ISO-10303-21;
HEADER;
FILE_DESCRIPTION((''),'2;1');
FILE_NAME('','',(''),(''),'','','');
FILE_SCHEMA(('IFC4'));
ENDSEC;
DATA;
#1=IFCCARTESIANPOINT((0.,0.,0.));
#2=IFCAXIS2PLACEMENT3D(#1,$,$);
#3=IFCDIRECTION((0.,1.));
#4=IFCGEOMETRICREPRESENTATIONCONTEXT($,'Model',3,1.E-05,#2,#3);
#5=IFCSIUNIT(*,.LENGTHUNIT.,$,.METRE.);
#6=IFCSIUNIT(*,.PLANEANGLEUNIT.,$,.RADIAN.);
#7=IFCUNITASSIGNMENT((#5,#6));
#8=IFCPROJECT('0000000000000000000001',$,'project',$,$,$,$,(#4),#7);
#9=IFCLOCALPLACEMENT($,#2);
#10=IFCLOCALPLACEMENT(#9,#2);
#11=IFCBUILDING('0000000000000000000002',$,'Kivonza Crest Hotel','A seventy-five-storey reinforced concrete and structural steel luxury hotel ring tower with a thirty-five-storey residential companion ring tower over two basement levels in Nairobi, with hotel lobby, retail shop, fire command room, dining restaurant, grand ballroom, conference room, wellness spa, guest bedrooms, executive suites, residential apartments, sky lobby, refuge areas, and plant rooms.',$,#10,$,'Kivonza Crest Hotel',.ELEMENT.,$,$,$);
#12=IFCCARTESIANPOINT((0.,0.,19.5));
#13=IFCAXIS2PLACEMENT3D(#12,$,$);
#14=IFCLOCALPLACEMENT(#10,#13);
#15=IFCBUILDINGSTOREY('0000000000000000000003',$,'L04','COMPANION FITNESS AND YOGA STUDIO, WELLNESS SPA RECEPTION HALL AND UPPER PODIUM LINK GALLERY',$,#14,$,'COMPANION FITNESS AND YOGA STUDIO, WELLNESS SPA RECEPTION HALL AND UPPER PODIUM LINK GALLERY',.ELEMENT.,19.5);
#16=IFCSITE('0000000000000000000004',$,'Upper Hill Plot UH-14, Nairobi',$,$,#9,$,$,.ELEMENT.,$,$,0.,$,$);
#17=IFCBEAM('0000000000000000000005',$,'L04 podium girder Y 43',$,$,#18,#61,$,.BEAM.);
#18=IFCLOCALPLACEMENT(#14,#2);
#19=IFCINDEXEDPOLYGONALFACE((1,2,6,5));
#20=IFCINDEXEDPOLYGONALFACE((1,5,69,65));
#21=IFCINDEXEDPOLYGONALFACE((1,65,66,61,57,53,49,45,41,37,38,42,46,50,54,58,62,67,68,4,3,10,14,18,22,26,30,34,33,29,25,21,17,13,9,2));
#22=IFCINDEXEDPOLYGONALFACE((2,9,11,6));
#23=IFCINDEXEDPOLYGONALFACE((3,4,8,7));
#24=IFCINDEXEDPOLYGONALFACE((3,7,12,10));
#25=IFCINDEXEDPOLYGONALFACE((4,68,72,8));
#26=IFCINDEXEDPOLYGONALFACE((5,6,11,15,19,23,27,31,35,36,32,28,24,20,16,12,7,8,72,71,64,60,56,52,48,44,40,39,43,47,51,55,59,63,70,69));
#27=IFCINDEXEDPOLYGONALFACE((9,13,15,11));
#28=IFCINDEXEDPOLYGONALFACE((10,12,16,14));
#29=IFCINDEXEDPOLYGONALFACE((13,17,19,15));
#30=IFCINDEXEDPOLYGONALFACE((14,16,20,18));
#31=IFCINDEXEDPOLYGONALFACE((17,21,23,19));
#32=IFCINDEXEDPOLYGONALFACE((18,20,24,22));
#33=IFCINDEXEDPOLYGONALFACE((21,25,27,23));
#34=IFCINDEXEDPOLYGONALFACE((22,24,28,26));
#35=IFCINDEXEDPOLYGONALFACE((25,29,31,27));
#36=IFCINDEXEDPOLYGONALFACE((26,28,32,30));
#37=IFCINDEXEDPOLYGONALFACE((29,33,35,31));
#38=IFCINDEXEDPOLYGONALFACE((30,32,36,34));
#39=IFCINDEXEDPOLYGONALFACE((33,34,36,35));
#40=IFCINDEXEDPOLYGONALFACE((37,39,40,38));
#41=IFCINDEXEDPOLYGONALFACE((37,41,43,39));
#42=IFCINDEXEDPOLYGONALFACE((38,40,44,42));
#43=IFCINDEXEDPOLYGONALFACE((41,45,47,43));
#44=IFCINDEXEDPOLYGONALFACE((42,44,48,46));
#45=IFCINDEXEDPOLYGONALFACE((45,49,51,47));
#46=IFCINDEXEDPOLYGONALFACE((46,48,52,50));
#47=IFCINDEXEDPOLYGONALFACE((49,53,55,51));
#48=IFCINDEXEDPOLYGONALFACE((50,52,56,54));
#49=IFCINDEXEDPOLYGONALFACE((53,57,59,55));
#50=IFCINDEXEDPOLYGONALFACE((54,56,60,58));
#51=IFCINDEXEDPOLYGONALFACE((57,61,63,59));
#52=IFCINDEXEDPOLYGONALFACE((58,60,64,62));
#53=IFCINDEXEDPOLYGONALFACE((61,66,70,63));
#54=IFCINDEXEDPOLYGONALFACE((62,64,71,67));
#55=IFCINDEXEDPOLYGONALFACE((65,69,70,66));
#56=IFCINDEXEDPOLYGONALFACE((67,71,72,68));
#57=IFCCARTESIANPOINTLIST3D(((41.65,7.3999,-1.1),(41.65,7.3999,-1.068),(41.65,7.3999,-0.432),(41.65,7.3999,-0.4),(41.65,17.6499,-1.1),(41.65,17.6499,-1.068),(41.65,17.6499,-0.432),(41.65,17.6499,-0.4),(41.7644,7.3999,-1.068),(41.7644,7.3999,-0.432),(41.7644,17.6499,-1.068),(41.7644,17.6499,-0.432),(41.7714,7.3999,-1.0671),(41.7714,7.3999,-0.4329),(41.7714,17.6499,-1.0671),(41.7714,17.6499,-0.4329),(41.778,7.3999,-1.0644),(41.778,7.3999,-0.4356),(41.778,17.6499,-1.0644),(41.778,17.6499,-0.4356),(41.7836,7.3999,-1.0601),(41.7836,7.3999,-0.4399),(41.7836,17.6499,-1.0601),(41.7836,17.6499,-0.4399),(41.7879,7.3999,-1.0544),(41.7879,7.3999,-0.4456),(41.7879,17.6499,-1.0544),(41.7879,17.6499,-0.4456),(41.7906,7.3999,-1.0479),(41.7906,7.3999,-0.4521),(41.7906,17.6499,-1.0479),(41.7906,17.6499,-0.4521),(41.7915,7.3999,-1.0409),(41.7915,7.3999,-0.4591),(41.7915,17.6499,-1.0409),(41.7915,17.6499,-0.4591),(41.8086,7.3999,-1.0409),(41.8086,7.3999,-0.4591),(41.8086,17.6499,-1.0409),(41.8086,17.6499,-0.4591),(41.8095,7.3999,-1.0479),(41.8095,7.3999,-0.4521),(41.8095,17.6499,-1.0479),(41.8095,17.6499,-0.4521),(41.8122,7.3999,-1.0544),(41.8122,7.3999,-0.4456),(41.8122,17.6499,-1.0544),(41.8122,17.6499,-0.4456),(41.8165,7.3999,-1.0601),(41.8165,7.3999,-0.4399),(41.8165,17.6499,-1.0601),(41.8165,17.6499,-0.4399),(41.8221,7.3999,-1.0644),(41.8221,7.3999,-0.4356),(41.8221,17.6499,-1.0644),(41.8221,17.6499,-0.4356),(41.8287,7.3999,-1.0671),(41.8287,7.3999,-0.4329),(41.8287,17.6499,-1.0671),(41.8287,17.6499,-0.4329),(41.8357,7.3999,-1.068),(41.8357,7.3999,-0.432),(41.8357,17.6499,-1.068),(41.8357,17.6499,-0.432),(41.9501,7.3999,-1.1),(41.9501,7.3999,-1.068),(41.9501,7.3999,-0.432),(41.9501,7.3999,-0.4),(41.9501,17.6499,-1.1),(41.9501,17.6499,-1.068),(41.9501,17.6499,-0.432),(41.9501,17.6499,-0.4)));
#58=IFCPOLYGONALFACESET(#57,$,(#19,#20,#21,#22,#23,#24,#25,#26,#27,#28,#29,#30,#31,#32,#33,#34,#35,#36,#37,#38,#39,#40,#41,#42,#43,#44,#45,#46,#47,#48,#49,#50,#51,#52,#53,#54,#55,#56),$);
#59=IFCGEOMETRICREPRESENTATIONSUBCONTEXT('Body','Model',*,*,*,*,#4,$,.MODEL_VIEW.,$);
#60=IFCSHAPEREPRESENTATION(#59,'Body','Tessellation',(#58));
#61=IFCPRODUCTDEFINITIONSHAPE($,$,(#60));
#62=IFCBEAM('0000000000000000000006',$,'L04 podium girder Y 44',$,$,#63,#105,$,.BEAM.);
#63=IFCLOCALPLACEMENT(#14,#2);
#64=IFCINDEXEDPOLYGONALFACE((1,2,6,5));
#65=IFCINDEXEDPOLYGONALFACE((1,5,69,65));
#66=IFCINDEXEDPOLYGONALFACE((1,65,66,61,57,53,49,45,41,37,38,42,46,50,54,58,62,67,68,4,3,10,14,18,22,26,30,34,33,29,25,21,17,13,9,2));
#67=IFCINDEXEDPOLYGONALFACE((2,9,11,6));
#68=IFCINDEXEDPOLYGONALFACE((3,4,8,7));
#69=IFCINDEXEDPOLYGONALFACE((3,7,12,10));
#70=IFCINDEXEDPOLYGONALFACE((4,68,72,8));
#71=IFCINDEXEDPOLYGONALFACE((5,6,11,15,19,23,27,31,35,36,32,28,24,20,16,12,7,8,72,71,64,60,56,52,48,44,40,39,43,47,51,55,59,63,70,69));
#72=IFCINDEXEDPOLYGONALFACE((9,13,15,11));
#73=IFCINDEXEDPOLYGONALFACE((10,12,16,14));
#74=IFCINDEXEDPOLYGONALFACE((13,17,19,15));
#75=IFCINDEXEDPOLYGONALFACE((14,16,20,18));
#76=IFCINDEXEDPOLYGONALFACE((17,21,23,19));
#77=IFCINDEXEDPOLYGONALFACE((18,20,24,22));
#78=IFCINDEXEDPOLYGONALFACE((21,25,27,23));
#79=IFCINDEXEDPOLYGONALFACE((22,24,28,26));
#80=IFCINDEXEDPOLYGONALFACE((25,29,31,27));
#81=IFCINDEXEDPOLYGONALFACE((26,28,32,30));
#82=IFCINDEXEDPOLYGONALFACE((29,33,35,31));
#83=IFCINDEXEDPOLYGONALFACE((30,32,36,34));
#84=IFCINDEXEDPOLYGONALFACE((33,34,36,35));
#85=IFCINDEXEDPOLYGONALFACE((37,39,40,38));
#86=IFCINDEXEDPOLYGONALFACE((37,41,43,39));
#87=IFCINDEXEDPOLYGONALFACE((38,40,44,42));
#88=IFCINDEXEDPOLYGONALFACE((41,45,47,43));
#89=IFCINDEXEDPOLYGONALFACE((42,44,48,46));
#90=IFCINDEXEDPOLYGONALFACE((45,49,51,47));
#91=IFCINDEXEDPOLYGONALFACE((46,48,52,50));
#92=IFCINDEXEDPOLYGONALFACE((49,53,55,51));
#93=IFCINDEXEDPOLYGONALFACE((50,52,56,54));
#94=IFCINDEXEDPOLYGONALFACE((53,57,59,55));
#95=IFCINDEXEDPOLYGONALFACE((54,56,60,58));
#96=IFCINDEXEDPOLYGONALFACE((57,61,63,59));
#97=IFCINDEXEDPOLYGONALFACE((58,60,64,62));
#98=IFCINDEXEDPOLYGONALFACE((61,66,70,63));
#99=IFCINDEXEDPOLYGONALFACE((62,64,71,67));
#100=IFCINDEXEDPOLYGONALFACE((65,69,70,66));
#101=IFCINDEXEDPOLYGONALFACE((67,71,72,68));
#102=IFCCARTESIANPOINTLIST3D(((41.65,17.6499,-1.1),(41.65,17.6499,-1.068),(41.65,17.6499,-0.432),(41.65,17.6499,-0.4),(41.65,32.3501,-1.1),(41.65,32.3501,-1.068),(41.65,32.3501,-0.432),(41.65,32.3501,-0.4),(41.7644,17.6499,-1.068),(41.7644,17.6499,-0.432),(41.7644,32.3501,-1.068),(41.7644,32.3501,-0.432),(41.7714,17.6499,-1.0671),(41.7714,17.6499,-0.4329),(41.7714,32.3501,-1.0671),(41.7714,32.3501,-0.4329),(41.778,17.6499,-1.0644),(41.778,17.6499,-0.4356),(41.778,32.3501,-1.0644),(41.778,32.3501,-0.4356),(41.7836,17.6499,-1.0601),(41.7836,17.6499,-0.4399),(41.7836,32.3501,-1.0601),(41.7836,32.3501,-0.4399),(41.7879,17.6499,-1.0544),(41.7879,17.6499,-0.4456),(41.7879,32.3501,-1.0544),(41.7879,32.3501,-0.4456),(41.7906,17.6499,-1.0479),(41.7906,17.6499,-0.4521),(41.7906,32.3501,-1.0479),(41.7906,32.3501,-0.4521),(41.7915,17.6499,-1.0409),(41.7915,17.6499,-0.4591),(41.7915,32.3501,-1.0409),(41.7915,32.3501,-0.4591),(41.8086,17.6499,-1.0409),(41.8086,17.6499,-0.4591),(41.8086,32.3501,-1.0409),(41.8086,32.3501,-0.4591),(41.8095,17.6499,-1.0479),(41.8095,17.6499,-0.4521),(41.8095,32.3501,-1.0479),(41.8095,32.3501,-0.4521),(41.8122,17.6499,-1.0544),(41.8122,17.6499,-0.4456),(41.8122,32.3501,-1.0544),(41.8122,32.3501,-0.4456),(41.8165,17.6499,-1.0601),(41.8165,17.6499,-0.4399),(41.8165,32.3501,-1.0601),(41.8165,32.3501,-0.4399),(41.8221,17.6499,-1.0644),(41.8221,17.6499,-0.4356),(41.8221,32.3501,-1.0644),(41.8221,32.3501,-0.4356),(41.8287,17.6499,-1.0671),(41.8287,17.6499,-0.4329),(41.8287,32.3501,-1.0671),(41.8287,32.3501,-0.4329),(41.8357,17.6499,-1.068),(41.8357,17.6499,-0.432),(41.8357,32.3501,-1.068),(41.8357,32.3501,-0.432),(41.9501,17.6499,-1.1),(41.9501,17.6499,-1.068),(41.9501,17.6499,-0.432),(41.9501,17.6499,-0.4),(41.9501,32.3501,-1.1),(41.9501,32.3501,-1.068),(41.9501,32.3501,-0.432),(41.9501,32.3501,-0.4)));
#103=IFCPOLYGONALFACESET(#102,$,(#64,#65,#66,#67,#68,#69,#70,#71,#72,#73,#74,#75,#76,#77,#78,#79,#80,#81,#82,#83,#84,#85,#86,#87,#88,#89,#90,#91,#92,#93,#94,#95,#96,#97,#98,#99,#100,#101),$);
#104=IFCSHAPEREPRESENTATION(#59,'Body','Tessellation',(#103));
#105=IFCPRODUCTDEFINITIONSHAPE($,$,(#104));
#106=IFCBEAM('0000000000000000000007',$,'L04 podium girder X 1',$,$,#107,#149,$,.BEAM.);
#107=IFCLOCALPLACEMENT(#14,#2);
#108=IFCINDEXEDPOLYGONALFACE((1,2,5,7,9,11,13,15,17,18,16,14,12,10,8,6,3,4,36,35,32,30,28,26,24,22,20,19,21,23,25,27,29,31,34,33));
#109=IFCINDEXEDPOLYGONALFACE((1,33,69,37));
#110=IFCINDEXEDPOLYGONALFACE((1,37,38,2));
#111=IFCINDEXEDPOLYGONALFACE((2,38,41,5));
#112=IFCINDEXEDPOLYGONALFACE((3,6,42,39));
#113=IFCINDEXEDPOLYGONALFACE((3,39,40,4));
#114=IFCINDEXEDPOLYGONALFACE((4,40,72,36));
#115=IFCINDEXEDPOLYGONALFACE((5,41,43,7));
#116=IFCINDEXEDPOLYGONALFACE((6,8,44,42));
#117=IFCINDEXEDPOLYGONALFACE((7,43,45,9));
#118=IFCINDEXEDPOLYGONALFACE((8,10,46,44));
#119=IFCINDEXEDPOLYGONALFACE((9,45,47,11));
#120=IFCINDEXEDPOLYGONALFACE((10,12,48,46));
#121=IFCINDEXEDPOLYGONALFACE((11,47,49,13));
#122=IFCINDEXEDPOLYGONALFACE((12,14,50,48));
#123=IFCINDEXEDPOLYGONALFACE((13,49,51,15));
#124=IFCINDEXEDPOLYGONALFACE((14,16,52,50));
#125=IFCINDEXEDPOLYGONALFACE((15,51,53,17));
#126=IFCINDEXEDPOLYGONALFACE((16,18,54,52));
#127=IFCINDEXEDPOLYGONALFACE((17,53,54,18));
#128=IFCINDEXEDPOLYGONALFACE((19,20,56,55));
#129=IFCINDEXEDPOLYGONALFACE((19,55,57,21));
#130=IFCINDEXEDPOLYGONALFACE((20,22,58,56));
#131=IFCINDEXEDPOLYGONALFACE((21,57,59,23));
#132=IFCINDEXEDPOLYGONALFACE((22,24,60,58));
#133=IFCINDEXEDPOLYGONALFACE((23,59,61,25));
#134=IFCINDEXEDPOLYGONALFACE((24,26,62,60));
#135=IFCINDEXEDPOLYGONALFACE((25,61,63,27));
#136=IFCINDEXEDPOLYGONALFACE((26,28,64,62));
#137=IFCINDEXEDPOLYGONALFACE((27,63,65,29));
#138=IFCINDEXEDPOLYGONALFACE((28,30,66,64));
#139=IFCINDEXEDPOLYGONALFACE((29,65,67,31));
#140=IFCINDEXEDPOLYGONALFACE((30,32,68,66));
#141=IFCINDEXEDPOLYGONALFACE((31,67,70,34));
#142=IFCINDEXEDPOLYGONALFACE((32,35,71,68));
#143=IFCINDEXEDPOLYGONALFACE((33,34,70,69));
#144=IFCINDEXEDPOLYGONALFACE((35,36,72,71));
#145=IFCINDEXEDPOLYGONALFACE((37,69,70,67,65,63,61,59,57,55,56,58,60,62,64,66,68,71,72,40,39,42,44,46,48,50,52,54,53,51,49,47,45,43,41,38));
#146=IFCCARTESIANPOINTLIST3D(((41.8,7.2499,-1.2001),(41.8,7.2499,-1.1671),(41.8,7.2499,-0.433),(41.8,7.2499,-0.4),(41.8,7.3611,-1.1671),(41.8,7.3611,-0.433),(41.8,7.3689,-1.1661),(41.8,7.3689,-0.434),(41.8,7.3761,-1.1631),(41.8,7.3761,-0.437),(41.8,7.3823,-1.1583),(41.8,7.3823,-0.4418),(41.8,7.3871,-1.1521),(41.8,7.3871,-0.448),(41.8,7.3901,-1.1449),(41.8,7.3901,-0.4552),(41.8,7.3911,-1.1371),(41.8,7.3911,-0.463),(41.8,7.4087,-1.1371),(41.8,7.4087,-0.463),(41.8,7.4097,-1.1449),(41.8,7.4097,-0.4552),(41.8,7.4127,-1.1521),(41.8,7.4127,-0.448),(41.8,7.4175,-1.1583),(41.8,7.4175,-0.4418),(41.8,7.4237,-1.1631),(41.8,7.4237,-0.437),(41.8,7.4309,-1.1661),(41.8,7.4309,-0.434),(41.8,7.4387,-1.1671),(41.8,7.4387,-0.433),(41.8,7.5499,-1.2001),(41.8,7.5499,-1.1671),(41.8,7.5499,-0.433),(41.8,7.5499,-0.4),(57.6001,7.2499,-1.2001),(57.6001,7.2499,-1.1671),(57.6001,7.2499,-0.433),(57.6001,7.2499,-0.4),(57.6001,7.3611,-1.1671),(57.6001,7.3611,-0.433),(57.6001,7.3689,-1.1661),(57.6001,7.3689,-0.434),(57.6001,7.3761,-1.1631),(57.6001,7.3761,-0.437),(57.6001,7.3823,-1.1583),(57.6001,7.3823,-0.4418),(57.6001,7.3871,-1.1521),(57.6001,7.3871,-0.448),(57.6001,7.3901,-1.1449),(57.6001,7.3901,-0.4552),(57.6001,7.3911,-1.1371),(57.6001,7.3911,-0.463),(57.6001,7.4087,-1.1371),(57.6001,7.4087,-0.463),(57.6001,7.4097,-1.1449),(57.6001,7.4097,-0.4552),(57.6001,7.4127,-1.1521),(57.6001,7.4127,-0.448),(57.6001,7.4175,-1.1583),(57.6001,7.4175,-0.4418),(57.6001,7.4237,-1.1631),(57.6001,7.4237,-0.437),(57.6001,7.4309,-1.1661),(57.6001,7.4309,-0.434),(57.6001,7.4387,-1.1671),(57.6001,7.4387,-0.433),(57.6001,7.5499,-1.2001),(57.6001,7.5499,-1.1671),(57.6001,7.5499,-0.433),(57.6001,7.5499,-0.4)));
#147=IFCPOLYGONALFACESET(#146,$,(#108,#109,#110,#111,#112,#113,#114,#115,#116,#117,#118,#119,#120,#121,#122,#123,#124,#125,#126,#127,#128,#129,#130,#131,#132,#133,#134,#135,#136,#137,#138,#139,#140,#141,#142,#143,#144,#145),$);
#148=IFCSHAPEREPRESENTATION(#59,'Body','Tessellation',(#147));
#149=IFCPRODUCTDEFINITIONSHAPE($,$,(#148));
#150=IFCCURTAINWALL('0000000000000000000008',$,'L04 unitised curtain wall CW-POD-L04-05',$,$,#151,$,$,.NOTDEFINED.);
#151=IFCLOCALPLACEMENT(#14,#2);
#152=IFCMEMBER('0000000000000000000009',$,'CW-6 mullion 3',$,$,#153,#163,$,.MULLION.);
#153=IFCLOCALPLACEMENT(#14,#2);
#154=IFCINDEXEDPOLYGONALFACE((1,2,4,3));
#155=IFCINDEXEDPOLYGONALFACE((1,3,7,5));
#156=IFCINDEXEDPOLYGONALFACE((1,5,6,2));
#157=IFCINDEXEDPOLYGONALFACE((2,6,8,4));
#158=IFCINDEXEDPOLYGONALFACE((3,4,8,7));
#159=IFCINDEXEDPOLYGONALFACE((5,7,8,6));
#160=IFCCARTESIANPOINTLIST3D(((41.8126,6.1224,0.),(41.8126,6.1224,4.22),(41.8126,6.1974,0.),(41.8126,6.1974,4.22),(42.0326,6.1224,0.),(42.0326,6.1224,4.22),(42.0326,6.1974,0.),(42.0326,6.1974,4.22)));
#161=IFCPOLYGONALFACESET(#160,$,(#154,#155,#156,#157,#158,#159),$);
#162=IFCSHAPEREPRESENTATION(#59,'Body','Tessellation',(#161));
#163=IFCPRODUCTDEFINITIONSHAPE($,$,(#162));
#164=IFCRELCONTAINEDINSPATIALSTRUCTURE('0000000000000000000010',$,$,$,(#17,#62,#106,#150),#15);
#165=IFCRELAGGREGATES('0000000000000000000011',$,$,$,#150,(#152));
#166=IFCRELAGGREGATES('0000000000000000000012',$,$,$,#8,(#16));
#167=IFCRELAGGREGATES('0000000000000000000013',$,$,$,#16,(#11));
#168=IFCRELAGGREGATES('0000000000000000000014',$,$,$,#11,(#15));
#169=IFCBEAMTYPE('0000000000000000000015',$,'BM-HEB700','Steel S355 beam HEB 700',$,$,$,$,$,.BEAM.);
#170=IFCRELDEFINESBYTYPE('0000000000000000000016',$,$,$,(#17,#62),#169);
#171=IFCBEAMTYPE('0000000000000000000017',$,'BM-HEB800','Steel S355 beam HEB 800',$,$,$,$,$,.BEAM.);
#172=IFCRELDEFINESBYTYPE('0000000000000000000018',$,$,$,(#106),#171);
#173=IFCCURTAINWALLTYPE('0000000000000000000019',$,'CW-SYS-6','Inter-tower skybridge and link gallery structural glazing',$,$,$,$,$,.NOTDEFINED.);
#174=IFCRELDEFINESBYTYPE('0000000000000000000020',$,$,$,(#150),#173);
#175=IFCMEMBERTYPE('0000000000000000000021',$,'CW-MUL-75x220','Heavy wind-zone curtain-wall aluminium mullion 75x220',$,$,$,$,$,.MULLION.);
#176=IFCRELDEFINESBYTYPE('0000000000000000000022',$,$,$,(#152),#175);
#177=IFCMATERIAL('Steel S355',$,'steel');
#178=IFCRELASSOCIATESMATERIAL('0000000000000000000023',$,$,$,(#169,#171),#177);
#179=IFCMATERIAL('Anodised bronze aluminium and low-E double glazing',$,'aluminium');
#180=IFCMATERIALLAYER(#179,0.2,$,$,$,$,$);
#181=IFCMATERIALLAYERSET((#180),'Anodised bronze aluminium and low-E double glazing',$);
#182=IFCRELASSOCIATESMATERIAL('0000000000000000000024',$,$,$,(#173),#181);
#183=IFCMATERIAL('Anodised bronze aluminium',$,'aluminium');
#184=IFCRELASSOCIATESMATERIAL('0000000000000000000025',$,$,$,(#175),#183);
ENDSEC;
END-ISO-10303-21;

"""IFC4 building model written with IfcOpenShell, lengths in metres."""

from ifc_helpers import new_model, si_unit, direction, frame, origin, origin_2d, place, context, subcontext, project, spatial, rectangle, i_section, extrude, material, layer, layer_set, material_profile, profile_set, type_object, element, aggregate, save


model = new_model("IFC4")

# Units and contexts
model_context = context("Model", 3, precision=1e-05, world=origin(), true_north=direction((0.0, 1.0)))
body_context = subcontext(model_context, "Body", "Model", "MODEL_VIEW")
ifc_project = project(units=[si_unit("LENGTHUNIT", "METRE"), si_unit("PLANEANGLEUNIT", "RADIAN")], contexts=[model_context])

# Site, building, storey
site_placement = place(None, origin())
site = spatial("IfcSite", under=ifc_project, at=site_placement, Name="Upper Hill Plot UH-14, Nairobi", CompositionType="ELEMENT", RefElevation=0.0)
building_placement = place(site_placement, origin())
building = spatial("IfcBuilding", under=site, at=building_placement, Name="Kivonza Crest Hotel", Description="A seventy-five-storey reinforced concrete and structural steel luxury hotel ring tower with a thirty-five-storey residential companion ring tower over two basement levels in Nairobi, with hotel lobby, retail shop, fire command room, dining restaurant, grand ballroom, conference room, wellness spa, guest bedrooms, executive suites, residential apartments, sky lobby, refuge areas, and plant rooms.", LongName="Kivonza Crest Hotel", CompositionType="ELEMENT")
storey_placement = place(building_placement, frame((0.0, 0.0, 19.5)))
storey = spatial("IfcBuildingStorey", under=building, at=storey_placement, Name="L04", Description="COMPANION FITNESS AND YOGA STUDIO, WELLNESS SPA RECEPTION HALL AND UPPER PODIUM LINK GALLERY", LongName="COMPANION FITNESS AND YOGA STUDIO, WELLNESS SPA RECEPTION HALL AND UPPER PODIUM LINK GALLERY", CompositionType="ELEMENT", Elevation=19.5)

# Beams
ifc_material_1 = material(Name="Steel S355", Category="steel")
ifc_material_profile_1 = material_profile(ifc_material_1, i_section(OverallWidth=0.3, OverallDepth=0.7, WebThickness=0.0171, FlangeThickness=0.032, FilletRadius=0.0271, at=origin_2d()), Name="HEB 700")
ifc_profile_set_1 = profile_set([ifc_material_profile_1], Name="Steel S355")
beam_type_1 = type_object("IfcBeamType", Name="BM-HEB700", Description="Steel S355 beam HEB 700", PredefinedType="BEAM", material=ifc_profile_set_1)
beam_1_placement = place(storey_placement, frame((41.8, 7.3999, -0.75), z_axis=(0.0, 1.0, 0.0), x_axis=(-1.0, 0.0, 0.0)))
element("IfcBeam", 1, at=beam_1_placement, inside=storey, type_object=beam_type_1, Name="L04 podium girder Y 43", PredefinedType="BEAM", context=body_context, shape_type="SweptSolid", body=[
    extrude(i_section(OverallWidth=0.3, OverallDepth=0.7, WebThickness=0.0171, FlangeThickness=0.032, FilletRadius=0.0271, at=origin_2d()), origin(), (0.0, 0.0, 1.0), 10.25),
])
beam_2_placement = place(storey_placement, frame((41.8, 17.6499, -0.75), z_axis=(0.0, 1.0, 0.0), x_axis=(-1.0, 0.0, 0.0)))
element("IfcBeam", 2, at=beam_2_placement, inside=storey, type_object=beam_type_1, Name="L04 podium girder Y 44", PredefinedType="BEAM", context=body_context, shape_type="SweptSolid", body=[
    extrude(i_section(OverallWidth=0.3, OverallDepth=0.7, WebThickness=0.0171, FlangeThickness=0.032, FilletRadius=0.0271, at=origin_2d()), origin(), (0.0, 0.0, 1.0), 14.7002),
])
ifc_material_profile_2 = material_profile(ifc_material_1, i_section(OverallWidth=0.3, OverallDepth=0.8, WebThickness=0.0176, FlangeThickness=0.033, FilletRadius=0.03, at=origin_2d()), Name="HEB 800")
ifc_profile_set_2 = profile_set([ifc_material_profile_2], Name="Steel S355")
beam_type_2 = type_object("IfcBeamType", Name="BM-HEB800", Description="Steel S355 beam HEB 800", PredefinedType="BEAM", material=ifc_profile_set_2)
beam_3_placement = place(storey_placement, frame((41.8, 7.3999, -0.8), z_axis=(1.0, 0.0, 0.0), x_axis=(0.0, 1.0, 0.0)))
element("IfcBeam", 3, at=beam_3_placement, inside=storey, type_object=beam_type_2, Name="L04 podium girder X 1", PredefinedType="BEAM", context=body_context, shape_type="SweptSolid", body=[
    extrude(i_section(OverallWidth=0.3, OverallDepth=0.8, WebThickness=0.0176, FlangeThickness=0.033, FilletRadius=0.03, at=origin_2d()), origin(), (0.0, 0.0, 1.0), 15.8),
])

# Curtain wall, member
ifc_material_2 = material(Name="Anodised bronze aluminium and low-E double glazing", Category="aluminium")
ifc_layer_1 = layer(ifc_material_2, 0.2)
ifc_layer_set_1 = layer_set([ifc_layer_1], Name="Anodised bronze aluminium and low-E double glazing")
curtain_wall_type = type_object("IfcCurtainWallType", Name="CW-SYS-6", Description="Inter-tower skybridge and link gallery structural glazing", PredefinedType="NOTDEFINED", material=ifc_layer_set_1)
curtain_wall_placement = place(storey_placement, origin())
curtain_wall = element("IfcCurtainWall", 4, at=curtain_wall_placement, inside=storey, type_object=curtain_wall_type, Name="L04 unitised curtain wall CW-POD-L04-05", PredefinedType="NOTDEFINED")
ifc_material_3 = material(Name="Anodised bronze aluminium", Category="aluminium")
ifc_material_profile_3 = material_profile(ifc_material_3, rectangle(XDim=0.075, YDim=0.22, at=origin_2d()), Name="CW-M 75x220")
ifc_profile_set_3 = profile_set([ifc_material_profile_3], Name="Anodised bronze aluminium")
member_type_1 = type_object("IfcMemberType", Name="CW-MUL-75x220", Description="Heavy wind-zone curtain-wall aluminium mullion 75x220", PredefinedType="MULLION", material=ifc_profile_set_3)
member_1_placement = place(storey_placement, frame((41.9226, 6.1599, 0.0), z_axis=(0.0, 0.0, 1.0), x_axis=(0.0, 1.0, 0.0)))
member_1 = element("IfcMember", 5, at=member_1_placement, type_object=member_type_1, Name="CW-6 mullion 3", PredefinedType="MULLION", context=body_context, shape_type="SweptSolid", body=[
    extrude(rectangle(XDim=0.075, YDim=0.22, at=origin_2d()), origin(), (0.0, 0.0, 1.0), 4.22),
])
aggregate(curtain_wall, [member_1])

save(model, "model.ifc")
